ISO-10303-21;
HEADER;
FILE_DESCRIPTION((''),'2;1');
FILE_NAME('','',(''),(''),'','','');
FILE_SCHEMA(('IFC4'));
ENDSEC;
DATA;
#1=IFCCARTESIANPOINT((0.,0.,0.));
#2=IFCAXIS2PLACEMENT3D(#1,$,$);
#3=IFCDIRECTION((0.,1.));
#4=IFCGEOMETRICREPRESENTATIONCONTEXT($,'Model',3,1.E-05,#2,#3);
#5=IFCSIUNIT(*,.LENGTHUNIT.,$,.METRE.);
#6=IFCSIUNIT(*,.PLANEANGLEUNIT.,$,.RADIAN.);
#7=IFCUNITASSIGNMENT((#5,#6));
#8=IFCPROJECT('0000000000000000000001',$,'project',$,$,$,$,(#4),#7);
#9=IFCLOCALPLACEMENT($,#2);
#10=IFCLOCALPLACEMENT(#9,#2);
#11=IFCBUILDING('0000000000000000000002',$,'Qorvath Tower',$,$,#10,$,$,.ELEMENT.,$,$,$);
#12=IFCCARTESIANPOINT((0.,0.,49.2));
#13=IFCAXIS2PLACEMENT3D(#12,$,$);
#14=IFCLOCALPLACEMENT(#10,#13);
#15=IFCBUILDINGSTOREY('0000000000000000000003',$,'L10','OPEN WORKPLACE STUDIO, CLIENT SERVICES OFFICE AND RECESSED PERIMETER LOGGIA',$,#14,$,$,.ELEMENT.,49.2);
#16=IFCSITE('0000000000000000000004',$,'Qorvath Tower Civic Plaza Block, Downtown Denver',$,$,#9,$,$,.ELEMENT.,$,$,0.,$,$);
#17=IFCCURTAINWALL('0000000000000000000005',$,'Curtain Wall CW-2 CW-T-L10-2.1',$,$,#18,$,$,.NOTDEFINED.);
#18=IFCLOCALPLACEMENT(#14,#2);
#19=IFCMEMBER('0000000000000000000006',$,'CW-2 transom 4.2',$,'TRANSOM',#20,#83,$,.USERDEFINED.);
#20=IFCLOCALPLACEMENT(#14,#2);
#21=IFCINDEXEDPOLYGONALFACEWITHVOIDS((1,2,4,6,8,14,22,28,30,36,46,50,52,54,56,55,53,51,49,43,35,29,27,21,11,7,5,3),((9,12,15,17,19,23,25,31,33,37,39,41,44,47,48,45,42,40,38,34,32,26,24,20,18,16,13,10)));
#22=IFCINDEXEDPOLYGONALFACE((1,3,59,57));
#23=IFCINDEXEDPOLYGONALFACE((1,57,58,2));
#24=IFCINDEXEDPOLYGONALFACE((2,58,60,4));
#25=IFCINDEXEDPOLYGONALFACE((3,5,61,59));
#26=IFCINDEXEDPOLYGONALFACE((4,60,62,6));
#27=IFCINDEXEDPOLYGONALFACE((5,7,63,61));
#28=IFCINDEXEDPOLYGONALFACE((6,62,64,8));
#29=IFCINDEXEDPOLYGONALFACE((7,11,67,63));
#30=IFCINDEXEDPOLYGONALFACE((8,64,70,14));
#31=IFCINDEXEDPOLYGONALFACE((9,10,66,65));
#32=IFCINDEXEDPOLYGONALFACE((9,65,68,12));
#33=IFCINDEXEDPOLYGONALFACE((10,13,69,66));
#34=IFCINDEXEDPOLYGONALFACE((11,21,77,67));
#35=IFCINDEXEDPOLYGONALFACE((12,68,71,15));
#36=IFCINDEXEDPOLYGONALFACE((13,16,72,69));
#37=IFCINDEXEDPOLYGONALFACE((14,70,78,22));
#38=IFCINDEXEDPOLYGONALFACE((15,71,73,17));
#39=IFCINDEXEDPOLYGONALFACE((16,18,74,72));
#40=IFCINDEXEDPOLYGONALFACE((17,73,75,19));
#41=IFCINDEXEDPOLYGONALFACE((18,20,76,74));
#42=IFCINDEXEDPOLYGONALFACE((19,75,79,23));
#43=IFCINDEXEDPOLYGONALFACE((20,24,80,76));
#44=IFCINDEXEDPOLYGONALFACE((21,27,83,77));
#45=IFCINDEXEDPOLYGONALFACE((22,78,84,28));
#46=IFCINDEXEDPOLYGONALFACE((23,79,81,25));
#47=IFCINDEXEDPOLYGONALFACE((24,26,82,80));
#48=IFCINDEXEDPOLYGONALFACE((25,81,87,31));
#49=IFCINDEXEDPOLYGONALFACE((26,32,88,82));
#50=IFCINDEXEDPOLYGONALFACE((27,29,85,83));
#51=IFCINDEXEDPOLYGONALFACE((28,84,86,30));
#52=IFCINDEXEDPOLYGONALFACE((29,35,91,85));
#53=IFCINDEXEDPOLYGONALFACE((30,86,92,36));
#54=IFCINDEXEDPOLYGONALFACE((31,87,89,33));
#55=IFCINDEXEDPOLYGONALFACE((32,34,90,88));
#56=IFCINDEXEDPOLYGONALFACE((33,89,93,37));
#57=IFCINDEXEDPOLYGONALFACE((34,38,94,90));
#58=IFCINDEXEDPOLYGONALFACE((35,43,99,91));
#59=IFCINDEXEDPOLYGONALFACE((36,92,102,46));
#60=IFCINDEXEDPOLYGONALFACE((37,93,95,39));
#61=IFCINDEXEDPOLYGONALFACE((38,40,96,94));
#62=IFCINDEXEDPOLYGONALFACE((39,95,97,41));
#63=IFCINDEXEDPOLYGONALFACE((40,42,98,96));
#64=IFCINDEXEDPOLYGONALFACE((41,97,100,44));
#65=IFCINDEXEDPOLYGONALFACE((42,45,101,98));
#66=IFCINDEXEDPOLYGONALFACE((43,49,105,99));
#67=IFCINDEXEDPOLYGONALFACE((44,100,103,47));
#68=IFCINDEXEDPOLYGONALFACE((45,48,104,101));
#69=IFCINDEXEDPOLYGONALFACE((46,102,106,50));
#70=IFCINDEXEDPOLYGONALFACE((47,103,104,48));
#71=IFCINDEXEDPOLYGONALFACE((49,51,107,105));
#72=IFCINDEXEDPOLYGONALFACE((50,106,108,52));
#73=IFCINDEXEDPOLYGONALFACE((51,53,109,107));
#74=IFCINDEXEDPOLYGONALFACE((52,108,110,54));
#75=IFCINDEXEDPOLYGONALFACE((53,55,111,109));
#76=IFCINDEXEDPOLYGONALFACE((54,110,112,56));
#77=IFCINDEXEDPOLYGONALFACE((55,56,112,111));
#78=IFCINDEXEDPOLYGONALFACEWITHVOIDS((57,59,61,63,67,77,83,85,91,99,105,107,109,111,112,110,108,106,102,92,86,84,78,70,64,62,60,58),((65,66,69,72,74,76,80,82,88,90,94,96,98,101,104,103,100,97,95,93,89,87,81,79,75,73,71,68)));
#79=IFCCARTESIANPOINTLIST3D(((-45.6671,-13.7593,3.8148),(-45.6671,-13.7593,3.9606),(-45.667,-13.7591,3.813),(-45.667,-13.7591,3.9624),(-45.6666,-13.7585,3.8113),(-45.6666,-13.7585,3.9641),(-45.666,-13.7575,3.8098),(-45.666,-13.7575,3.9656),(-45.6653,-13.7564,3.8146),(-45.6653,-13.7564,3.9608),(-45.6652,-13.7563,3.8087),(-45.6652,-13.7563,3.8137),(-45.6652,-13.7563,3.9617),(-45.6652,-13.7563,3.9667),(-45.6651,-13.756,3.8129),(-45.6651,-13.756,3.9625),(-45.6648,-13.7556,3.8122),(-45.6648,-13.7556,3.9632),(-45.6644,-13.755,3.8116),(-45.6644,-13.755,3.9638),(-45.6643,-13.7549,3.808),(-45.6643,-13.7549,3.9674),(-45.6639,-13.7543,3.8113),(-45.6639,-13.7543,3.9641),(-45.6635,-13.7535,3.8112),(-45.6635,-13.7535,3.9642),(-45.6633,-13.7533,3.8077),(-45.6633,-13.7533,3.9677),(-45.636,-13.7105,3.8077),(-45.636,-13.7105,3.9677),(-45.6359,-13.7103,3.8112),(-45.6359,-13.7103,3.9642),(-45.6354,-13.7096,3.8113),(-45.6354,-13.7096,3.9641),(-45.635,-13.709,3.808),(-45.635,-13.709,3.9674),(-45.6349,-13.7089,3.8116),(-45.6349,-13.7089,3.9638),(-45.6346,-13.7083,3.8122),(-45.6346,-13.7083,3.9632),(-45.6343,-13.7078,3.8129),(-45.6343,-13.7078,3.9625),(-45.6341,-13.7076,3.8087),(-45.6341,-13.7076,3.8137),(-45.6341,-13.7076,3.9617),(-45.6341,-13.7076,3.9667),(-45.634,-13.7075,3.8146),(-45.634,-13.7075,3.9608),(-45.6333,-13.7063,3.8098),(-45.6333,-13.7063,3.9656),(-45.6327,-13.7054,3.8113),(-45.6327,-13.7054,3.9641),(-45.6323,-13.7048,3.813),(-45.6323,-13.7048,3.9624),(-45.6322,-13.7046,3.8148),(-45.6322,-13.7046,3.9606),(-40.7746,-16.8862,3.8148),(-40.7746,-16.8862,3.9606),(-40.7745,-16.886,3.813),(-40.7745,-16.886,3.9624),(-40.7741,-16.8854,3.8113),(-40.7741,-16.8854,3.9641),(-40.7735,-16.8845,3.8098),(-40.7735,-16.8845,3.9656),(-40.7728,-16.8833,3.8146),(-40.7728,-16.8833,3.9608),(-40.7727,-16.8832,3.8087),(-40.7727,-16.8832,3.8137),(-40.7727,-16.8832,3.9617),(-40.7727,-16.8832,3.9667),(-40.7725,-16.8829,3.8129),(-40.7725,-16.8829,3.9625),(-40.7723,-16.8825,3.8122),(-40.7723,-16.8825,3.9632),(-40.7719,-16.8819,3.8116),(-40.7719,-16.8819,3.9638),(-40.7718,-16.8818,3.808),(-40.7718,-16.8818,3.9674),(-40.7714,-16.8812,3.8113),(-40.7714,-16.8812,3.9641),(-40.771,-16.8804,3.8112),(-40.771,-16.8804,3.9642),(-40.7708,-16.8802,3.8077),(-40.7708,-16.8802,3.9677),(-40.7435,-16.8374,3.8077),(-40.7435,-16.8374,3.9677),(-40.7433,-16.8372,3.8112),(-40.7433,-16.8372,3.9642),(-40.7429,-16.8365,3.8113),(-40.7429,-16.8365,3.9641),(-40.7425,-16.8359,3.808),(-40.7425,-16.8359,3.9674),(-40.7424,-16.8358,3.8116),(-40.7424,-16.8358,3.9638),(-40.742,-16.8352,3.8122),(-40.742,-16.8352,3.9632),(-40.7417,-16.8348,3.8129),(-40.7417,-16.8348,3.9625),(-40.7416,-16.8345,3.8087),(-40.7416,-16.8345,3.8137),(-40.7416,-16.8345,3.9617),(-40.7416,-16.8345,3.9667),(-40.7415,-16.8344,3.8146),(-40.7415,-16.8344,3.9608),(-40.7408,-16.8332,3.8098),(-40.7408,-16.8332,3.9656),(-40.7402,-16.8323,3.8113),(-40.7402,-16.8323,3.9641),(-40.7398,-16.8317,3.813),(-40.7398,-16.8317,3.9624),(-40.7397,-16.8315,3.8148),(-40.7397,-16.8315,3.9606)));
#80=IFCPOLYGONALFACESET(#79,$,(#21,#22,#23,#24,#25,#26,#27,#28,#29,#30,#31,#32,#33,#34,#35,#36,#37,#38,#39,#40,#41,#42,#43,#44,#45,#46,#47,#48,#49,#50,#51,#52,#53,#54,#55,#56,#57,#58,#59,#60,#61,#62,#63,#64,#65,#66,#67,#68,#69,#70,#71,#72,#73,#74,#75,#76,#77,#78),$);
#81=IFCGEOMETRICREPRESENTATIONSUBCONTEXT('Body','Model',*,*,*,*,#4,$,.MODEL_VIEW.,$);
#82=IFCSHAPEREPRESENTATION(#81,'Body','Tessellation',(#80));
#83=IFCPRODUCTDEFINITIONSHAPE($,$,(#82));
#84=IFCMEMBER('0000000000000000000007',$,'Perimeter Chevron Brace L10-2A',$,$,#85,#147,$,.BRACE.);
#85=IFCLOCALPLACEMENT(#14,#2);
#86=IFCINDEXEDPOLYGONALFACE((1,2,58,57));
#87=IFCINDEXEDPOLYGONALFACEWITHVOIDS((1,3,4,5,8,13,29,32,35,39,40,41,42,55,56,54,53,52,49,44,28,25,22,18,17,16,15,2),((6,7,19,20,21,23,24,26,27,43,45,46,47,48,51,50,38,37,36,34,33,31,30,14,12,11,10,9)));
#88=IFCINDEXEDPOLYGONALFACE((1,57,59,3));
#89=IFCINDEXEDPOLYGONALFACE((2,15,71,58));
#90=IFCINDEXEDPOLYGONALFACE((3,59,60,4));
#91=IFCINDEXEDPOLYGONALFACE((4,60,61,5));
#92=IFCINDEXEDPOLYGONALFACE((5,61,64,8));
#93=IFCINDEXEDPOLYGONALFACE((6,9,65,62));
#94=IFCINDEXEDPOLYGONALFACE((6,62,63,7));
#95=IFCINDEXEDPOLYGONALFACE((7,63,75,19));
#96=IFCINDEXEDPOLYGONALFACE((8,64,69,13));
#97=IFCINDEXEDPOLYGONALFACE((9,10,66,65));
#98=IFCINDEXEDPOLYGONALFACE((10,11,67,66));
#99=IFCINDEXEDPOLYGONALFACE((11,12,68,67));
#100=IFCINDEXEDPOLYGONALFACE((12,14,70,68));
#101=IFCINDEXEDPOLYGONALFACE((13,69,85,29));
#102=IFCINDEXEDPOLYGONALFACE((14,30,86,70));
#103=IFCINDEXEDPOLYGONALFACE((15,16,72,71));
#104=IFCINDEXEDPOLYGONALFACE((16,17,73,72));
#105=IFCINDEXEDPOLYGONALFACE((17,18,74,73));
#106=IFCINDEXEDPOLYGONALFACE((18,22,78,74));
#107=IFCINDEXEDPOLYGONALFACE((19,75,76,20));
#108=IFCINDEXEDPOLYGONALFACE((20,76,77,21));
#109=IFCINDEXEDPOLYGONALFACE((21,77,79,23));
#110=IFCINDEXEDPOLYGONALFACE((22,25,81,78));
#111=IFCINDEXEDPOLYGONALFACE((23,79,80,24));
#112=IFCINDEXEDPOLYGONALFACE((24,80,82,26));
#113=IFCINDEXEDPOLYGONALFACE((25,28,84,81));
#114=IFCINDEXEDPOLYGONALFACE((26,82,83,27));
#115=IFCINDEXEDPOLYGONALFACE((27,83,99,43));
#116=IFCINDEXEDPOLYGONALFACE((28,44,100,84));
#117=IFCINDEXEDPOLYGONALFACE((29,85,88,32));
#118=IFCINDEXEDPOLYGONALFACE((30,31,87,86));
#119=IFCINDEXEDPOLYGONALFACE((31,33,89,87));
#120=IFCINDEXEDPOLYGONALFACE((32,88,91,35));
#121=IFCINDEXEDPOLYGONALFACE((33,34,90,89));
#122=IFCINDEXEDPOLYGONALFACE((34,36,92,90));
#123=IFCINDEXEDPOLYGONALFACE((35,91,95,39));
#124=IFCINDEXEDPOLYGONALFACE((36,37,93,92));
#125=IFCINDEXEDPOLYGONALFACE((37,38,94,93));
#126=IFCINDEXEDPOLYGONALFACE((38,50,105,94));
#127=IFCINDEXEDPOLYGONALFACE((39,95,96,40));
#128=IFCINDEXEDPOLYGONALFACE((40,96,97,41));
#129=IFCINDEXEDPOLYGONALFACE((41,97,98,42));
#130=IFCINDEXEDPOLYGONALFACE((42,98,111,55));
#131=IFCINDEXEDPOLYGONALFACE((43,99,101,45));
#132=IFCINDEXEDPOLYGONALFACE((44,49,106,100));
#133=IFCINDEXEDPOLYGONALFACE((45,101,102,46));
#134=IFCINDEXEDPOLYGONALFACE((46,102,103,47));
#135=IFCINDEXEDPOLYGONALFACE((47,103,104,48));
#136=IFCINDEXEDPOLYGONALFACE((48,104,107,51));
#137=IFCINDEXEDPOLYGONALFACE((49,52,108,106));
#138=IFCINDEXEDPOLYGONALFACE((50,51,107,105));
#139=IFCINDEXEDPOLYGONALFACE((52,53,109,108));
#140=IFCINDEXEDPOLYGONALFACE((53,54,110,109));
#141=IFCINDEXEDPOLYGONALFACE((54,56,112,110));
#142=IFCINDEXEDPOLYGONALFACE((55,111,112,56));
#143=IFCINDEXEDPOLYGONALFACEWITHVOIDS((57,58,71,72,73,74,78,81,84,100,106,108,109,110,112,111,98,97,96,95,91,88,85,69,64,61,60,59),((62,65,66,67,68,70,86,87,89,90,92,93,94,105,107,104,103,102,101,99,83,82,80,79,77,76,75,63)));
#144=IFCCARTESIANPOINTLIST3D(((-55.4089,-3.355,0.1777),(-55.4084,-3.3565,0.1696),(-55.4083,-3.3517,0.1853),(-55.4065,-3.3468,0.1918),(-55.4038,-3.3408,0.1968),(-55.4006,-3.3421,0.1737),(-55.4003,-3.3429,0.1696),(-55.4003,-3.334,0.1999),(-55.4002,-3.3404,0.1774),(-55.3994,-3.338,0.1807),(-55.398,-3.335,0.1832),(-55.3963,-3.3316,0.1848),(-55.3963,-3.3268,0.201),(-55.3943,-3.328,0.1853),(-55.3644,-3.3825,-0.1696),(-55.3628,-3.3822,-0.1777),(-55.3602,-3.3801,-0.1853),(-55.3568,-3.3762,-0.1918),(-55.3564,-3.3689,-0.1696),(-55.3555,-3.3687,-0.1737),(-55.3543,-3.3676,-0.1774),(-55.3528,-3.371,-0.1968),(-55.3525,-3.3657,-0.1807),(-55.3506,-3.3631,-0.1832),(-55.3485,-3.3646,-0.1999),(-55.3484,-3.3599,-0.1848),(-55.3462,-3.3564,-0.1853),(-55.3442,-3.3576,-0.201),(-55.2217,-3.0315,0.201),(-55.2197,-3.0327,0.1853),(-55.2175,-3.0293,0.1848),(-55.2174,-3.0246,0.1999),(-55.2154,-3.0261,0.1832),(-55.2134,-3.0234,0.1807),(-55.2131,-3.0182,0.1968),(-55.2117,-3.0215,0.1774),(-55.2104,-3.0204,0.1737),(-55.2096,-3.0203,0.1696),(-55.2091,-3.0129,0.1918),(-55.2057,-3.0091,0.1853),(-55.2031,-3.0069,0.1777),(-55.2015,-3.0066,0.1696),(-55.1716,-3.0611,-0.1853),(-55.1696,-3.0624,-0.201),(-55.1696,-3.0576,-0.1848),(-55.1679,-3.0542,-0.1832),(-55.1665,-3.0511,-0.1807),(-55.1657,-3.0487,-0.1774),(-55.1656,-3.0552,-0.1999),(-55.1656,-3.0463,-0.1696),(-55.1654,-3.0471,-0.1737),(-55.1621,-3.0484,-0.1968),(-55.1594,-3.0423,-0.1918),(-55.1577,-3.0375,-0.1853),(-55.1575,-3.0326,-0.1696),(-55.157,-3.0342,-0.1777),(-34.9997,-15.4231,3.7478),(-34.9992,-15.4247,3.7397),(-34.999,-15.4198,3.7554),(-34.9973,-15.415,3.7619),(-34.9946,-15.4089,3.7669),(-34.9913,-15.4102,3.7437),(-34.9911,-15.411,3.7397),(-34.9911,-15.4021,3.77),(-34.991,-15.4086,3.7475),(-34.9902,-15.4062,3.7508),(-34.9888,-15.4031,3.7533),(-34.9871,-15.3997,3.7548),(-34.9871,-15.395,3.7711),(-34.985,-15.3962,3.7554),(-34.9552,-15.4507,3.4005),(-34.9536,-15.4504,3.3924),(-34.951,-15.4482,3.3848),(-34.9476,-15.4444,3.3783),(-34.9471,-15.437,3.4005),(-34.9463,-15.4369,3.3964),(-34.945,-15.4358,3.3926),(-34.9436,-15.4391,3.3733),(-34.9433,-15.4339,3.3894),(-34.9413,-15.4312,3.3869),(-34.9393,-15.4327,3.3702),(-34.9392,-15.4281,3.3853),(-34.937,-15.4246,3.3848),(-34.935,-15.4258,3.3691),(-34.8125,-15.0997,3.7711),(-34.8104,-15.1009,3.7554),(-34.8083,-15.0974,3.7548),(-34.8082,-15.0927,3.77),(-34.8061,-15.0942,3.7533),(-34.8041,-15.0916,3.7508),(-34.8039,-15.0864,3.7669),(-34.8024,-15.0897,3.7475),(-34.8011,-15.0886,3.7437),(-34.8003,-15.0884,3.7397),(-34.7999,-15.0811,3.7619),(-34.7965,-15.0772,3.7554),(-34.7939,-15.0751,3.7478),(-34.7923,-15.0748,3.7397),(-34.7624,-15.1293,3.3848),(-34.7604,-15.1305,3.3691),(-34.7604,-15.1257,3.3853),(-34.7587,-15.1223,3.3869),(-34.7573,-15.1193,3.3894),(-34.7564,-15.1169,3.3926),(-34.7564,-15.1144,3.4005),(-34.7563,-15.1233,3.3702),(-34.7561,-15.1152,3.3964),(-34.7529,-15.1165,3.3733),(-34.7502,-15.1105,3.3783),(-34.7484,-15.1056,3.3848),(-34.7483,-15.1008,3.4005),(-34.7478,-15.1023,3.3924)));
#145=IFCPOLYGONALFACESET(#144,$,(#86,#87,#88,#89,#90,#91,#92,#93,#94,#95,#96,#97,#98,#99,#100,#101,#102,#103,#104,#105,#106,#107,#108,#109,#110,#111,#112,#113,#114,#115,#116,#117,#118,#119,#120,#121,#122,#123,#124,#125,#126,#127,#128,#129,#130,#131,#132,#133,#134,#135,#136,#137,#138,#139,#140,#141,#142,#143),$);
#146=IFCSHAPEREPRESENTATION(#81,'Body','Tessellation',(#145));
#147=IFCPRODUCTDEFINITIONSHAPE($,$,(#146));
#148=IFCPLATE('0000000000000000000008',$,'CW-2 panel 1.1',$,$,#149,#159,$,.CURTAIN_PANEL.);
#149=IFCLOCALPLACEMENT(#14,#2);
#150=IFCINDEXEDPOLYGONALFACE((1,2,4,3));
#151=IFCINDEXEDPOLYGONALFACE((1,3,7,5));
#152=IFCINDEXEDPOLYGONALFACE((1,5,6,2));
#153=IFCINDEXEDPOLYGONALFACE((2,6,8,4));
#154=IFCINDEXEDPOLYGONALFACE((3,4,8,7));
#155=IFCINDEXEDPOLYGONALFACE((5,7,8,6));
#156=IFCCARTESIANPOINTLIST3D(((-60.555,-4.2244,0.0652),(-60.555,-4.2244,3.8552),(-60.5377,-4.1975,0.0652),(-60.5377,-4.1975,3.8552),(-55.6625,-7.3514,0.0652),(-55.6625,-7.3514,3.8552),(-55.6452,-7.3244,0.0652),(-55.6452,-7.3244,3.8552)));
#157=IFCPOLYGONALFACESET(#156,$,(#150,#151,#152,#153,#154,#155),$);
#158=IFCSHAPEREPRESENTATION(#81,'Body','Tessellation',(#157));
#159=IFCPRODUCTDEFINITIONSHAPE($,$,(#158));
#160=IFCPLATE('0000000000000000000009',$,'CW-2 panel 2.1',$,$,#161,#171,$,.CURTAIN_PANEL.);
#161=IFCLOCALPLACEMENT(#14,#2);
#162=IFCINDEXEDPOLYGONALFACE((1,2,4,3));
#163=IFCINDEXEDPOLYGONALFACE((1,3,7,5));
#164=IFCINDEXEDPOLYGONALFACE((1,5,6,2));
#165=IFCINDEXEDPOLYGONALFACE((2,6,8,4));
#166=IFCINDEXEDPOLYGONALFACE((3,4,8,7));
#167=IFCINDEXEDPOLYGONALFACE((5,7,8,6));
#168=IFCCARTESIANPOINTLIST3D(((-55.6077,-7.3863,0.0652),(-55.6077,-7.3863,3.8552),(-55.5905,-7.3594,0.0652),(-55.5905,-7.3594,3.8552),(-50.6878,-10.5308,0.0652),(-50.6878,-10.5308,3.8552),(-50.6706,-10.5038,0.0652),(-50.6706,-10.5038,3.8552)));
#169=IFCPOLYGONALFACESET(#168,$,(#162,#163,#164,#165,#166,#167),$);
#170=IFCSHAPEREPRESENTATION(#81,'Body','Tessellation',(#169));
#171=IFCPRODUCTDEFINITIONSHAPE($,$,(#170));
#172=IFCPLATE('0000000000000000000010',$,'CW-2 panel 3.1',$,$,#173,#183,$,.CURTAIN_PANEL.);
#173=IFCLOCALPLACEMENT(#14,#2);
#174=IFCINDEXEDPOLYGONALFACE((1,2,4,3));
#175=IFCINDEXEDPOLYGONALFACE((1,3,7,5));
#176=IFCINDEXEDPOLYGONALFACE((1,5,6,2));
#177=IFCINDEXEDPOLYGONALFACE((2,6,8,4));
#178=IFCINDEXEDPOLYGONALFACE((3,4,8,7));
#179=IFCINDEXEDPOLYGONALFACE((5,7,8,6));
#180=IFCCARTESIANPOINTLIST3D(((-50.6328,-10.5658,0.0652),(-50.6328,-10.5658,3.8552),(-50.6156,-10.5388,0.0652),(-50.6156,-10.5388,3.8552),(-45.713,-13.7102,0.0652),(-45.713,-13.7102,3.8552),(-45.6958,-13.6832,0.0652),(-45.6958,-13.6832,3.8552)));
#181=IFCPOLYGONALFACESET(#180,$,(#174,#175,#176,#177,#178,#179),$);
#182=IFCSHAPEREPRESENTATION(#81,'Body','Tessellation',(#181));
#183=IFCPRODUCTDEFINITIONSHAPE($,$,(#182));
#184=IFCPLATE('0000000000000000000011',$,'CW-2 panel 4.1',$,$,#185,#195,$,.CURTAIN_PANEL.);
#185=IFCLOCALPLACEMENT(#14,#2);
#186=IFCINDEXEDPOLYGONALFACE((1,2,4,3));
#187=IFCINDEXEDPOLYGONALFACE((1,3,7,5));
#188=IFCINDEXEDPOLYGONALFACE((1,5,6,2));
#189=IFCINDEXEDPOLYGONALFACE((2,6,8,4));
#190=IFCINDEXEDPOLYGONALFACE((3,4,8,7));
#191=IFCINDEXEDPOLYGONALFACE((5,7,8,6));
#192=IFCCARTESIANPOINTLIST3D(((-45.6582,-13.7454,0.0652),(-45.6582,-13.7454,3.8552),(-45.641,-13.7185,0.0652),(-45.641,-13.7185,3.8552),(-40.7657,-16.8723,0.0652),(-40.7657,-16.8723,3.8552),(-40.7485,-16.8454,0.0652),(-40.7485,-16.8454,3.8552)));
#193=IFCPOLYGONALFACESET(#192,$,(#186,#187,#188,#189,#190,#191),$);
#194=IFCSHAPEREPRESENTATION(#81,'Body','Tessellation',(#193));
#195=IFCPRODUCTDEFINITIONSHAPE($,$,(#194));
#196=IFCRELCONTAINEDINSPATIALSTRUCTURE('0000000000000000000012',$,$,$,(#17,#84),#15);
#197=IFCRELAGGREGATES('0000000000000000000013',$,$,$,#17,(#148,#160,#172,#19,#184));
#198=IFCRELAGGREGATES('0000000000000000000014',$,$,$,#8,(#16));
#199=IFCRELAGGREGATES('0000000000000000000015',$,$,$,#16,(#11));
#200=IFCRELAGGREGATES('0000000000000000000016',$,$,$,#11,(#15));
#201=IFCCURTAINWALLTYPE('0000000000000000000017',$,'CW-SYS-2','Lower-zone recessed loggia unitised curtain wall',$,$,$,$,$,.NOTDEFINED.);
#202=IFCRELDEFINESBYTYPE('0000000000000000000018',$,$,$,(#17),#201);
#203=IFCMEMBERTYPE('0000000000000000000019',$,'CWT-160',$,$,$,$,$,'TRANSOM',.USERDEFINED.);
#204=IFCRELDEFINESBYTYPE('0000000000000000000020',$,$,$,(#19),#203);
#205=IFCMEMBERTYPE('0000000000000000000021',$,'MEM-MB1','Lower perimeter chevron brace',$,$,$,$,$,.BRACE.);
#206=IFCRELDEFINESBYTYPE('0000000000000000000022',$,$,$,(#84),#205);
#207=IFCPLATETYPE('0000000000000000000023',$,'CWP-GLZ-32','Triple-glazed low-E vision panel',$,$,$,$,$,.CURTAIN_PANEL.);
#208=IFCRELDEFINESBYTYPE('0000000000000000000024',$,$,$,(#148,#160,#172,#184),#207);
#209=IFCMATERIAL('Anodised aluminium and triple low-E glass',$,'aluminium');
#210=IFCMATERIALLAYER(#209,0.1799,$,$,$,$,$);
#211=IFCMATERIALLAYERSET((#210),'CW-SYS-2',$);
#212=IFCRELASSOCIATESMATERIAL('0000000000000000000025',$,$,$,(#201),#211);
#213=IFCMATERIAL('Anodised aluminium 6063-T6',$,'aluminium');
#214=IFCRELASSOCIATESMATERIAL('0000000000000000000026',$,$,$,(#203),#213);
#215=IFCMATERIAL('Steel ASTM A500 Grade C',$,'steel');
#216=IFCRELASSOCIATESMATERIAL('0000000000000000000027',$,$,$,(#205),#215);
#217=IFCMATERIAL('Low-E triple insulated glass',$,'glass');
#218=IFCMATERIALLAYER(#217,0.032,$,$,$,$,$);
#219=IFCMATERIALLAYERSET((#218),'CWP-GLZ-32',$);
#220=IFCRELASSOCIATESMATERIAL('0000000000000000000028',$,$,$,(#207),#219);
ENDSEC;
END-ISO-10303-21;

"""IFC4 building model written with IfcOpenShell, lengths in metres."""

from ifc_helpers import new_model, si_unit, direction, frame, origin, origin_2d, place, context, subcontext, project, spatial, rectangle, hollow_rectangle, extrude, material, layer, layer_set, material_profile, profile_set, type_object, element, aggregate, save


model = new_model("IFC4")

# Units and contexts
model_context = context("Model", 3, precision=1e-05, world=origin(), true_north=direction((0.0, 1.0)))
body_context = subcontext(model_context, "Body", "Model", "MODEL_VIEW")
ifc_project = project(units=[si_unit("LENGTHUNIT", "METRE"), si_unit("PLANEANGLEUNIT", "RADIAN")], contexts=[model_context])

# Site, building, storey
site_placement = place(None, origin())
site = spatial("IfcSite", under=ifc_project, at=site_placement, Name="Qorvath Tower Civic Plaza Block, Downtown Denver", CompositionType="ELEMENT", RefElevation=0.0)
building_placement = place(site_placement, origin())
building = spatial("IfcBuilding", under=site, at=building_placement, Name="Qorvath Tower", CompositionType="ELEMENT")
storey_placement = place(building_placement, frame((0.0, 0.0, 49.2)))
storey = spatial("IfcBuildingStorey", under=building, at=storey_placement, Name="L10", Description="OPEN WORKPLACE STUDIO, CLIENT SERVICES OFFICE AND RECESSED PERIMETER LOGGIA", CompositionType="ELEMENT", Elevation=49.2)

# Curtain wall, member
ifc_material_1 = material(Name="Anodised aluminium and triple low-E glass", Category="aluminium")
ifc_layer_1 = layer(ifc_material_1, 0.1799)
ifc_layer_set_1 = layer_set([ifc_layer_1], Name="CW-SYS-2")
curtain_wall_type = type_object("IfcCurtainWallType", Name="CW-SYS-2", Description="Lower-zone recessed loggia unitised curtain wall", PredefinedType="NOTDEFINED", material=ifc_layer_set_1)
curtain_wall_placement = place(storey_placement, origin())
curtain_wall = element("IfcCurtainWall", 1, at=curtain_wall_placement, inside=storey, type_object=curtain_wall_type, Name="Curtain Wall CW-2 CW-T-L10-2.1", PredefinedType="NOTDEFINED")
ifc_material_2 = material(Name="Anodised aluminium 6063-T6", Category="aluminium")
ifc_material_profile_1 = material_profile(ifc_material_2, hollow_rectangle(XDim=0.0649, YDim=0.1599, WallThickness=0.0034, InnerFilletRadius=0.0034, OuterFilletRadius=0.0071, at=origin_2d()), Name="CWT 160x65")
ifc_profile_set_1 = profile_set([ifc_material_profile_1], Name="Anodised aluminium 6063-T6")
member_type_1 = type_object("IfcMemberType", Name="CWT-160", ElementType="TRANSOM", PredefinedType="USERDEFINED", material=ifc_profile_set_1)
member_1_placement = place(storey_placement, frame((-45.6497, -13.7319, 3.8877), z_axis=(0.842607, -0.538529, 0.0), x_axis=(0.538529, 0.842607, 0.0)))
member_1 = element("IfcMember", 2, at=member_1_placement, type_object=member_type_1, Name="CW-2 transom 4.2", ObjectType="TRANSOM", PredefinedType="USERDEFINED", context=body_context, shape_type="SweptSolid", body=[
    extrude(hollow_rectangle(XDim=0.0649, YDim=0.1599, WallThickness=0.0034, InnerFilletRadius=0.0034, OuterFilletRadius=0.0071, at=origin_2d()), origin(), (0.0, 0.0, 1.0), 5.8064),
])

# Member
ifc_material_3 = material(Name="Steel ASTM A500 Grade C", Category="steel")
ifc_material_profile_2 = material_profile(ifc_material_3, hollow_rectangle(XDim=0.4065, YDim=0.4065, WallThickness=0.0159, InnerFilletRadius=0.0159, OuterFilletRadius=0.0317, at=origin_2d()), Name="HSS 406x406x16")
ifc_profile_set_2 = profile_set([ifc_material_profile_2], Name="Steel ASTM A500 Grade C")
member_type_2 = type_object("IfcMemberType", Name="MEM-MB1", Description="Lower perimeter chevron brace", PredefinedType="BRACE", material=ifc_profile_set_2)
member_2_placement = place(storey_placement, frame((-55.283, -3.1946, 0.0), z_axis=(0.851181, -0.50331, 0.148893), x_axis=(0.508984, 0.860776, 0.0)))
element("IfcMember", 3, at=member_2_placement, inside=storey, type_object=member_type_2, Name="Perimeter Chevron Brace L10-2A", PredefinedType="BRACE", context=body_context, shape_type="SweptSolid", body=[
    extrude(hollow_rectangle(XDim=0.4065, YDim=0.4065, WallThickness=0.0159, InnerFilletRadius=0.0159, OuterFilletRadius=0.0317, at=origin_2d()), origin(), (0.0, 0.0, 1.0), 23.9775),
])

# Plates
ifc_material_4 = material(Name="Low-E triple insulated glass", Category="glass")
ifc_layer_2 = layer(ifc_material_4, 0.032)
ifc_layer_set_2 = layer_set([ifc_layer_2], Name="CWP-GLZ-32")
plate_type_1 = type_object("IfcPlateType", Name="CWP-GLZ-32", Description="Triple-glazed low-E vision panel", PredefinedType="CURTAIN_PANEL", material=ifc_layer_set_2)
plate_1_placement = place(storey_placement, frame((-58.1001, -5.7744, 0.0652), z_axis=(0.0, 0.0, 1.0), x_axis=(0.842605, -0.538532, 0.0)))
plate_1 = element("IfcPlate", 4, at=plate_1_placement, type_object=plate_type_1, Name="CW-2 panel 1.1", PredefinedType="CURTAIN_PANEL", context=body_context, shape_type="SweptSolid", body=[
    extrude(rectangle(XDim=5.8064, YDim=0.032, at=origin_2d()), origin(), (0.0, 0.0, 1.0), 3.79),
])
plate_2_placement = place(storey_placement, frame((-53.1392, -8.9451, 0.0652), z_axis=(0.0, 0.0, 1.0), x_axis=(0.842605, -0.538532, 0.0)))
plate_2 = element("IfcPlate", 5, at=plate_2_placement, type_object=plate_type_1, Name="CW-2 panel 2.1", PredefinedType="CURTAIN_PANEL", context=body_context, shape_type="SweptSolid", body=[
    extrude(rectangle(XDim=5.8389, YDim=0.032, at=origin_2d()), origin(), (0.0, 0.0, 1.0), 3.79),
])
plate_3_placement = place(storey_placement, frame((-48.1643, -12.1245, 0.0652), z_axis=(0.0, 0.0, 1.0), x_axis=(0.842605, -0.538532, 0.0)))
plate_3 = element("IfcPlate", 6, at=plate_3_placement, type_object=plate_type_1, Name="CW-2 panel 3.1", PredefinedType="CURTAIN_PANEL", context=body_context, shape_type="SweptSolid", body=[
    extrude(rectangle(XDim=5.8389, YDim=0.032, at=origin_2d()), origin(), (0.0, 0.0, 1.0), 3.79),
])
plate_4_placement = place(storey_placement, frame((-43.2034, -15.2954, 0.0652), z_axis=(0.0, 0.0, 1.0), x_axis=(0.842605, -0.538532, 0.0)))
plate_4 = element("IfcPlate", 7, at=plate_4_placement, type_object=plate_type_1, Name="CW-2 panel 4.1", PredefinedType="CURTAIN_PANEL", context=body_context, shape_type="SweptSolid", body=[
    extrude(rectangle(XDim=5.8064, YDim=0.032, at=origin_2d()), origin(), (0.0, 0.0, 1.0), 3.79),
])
aggregate(curtain_wall, [plate_1, plate_2, plate_3, member_1, plate_4])

save(model, "model.ifc")
